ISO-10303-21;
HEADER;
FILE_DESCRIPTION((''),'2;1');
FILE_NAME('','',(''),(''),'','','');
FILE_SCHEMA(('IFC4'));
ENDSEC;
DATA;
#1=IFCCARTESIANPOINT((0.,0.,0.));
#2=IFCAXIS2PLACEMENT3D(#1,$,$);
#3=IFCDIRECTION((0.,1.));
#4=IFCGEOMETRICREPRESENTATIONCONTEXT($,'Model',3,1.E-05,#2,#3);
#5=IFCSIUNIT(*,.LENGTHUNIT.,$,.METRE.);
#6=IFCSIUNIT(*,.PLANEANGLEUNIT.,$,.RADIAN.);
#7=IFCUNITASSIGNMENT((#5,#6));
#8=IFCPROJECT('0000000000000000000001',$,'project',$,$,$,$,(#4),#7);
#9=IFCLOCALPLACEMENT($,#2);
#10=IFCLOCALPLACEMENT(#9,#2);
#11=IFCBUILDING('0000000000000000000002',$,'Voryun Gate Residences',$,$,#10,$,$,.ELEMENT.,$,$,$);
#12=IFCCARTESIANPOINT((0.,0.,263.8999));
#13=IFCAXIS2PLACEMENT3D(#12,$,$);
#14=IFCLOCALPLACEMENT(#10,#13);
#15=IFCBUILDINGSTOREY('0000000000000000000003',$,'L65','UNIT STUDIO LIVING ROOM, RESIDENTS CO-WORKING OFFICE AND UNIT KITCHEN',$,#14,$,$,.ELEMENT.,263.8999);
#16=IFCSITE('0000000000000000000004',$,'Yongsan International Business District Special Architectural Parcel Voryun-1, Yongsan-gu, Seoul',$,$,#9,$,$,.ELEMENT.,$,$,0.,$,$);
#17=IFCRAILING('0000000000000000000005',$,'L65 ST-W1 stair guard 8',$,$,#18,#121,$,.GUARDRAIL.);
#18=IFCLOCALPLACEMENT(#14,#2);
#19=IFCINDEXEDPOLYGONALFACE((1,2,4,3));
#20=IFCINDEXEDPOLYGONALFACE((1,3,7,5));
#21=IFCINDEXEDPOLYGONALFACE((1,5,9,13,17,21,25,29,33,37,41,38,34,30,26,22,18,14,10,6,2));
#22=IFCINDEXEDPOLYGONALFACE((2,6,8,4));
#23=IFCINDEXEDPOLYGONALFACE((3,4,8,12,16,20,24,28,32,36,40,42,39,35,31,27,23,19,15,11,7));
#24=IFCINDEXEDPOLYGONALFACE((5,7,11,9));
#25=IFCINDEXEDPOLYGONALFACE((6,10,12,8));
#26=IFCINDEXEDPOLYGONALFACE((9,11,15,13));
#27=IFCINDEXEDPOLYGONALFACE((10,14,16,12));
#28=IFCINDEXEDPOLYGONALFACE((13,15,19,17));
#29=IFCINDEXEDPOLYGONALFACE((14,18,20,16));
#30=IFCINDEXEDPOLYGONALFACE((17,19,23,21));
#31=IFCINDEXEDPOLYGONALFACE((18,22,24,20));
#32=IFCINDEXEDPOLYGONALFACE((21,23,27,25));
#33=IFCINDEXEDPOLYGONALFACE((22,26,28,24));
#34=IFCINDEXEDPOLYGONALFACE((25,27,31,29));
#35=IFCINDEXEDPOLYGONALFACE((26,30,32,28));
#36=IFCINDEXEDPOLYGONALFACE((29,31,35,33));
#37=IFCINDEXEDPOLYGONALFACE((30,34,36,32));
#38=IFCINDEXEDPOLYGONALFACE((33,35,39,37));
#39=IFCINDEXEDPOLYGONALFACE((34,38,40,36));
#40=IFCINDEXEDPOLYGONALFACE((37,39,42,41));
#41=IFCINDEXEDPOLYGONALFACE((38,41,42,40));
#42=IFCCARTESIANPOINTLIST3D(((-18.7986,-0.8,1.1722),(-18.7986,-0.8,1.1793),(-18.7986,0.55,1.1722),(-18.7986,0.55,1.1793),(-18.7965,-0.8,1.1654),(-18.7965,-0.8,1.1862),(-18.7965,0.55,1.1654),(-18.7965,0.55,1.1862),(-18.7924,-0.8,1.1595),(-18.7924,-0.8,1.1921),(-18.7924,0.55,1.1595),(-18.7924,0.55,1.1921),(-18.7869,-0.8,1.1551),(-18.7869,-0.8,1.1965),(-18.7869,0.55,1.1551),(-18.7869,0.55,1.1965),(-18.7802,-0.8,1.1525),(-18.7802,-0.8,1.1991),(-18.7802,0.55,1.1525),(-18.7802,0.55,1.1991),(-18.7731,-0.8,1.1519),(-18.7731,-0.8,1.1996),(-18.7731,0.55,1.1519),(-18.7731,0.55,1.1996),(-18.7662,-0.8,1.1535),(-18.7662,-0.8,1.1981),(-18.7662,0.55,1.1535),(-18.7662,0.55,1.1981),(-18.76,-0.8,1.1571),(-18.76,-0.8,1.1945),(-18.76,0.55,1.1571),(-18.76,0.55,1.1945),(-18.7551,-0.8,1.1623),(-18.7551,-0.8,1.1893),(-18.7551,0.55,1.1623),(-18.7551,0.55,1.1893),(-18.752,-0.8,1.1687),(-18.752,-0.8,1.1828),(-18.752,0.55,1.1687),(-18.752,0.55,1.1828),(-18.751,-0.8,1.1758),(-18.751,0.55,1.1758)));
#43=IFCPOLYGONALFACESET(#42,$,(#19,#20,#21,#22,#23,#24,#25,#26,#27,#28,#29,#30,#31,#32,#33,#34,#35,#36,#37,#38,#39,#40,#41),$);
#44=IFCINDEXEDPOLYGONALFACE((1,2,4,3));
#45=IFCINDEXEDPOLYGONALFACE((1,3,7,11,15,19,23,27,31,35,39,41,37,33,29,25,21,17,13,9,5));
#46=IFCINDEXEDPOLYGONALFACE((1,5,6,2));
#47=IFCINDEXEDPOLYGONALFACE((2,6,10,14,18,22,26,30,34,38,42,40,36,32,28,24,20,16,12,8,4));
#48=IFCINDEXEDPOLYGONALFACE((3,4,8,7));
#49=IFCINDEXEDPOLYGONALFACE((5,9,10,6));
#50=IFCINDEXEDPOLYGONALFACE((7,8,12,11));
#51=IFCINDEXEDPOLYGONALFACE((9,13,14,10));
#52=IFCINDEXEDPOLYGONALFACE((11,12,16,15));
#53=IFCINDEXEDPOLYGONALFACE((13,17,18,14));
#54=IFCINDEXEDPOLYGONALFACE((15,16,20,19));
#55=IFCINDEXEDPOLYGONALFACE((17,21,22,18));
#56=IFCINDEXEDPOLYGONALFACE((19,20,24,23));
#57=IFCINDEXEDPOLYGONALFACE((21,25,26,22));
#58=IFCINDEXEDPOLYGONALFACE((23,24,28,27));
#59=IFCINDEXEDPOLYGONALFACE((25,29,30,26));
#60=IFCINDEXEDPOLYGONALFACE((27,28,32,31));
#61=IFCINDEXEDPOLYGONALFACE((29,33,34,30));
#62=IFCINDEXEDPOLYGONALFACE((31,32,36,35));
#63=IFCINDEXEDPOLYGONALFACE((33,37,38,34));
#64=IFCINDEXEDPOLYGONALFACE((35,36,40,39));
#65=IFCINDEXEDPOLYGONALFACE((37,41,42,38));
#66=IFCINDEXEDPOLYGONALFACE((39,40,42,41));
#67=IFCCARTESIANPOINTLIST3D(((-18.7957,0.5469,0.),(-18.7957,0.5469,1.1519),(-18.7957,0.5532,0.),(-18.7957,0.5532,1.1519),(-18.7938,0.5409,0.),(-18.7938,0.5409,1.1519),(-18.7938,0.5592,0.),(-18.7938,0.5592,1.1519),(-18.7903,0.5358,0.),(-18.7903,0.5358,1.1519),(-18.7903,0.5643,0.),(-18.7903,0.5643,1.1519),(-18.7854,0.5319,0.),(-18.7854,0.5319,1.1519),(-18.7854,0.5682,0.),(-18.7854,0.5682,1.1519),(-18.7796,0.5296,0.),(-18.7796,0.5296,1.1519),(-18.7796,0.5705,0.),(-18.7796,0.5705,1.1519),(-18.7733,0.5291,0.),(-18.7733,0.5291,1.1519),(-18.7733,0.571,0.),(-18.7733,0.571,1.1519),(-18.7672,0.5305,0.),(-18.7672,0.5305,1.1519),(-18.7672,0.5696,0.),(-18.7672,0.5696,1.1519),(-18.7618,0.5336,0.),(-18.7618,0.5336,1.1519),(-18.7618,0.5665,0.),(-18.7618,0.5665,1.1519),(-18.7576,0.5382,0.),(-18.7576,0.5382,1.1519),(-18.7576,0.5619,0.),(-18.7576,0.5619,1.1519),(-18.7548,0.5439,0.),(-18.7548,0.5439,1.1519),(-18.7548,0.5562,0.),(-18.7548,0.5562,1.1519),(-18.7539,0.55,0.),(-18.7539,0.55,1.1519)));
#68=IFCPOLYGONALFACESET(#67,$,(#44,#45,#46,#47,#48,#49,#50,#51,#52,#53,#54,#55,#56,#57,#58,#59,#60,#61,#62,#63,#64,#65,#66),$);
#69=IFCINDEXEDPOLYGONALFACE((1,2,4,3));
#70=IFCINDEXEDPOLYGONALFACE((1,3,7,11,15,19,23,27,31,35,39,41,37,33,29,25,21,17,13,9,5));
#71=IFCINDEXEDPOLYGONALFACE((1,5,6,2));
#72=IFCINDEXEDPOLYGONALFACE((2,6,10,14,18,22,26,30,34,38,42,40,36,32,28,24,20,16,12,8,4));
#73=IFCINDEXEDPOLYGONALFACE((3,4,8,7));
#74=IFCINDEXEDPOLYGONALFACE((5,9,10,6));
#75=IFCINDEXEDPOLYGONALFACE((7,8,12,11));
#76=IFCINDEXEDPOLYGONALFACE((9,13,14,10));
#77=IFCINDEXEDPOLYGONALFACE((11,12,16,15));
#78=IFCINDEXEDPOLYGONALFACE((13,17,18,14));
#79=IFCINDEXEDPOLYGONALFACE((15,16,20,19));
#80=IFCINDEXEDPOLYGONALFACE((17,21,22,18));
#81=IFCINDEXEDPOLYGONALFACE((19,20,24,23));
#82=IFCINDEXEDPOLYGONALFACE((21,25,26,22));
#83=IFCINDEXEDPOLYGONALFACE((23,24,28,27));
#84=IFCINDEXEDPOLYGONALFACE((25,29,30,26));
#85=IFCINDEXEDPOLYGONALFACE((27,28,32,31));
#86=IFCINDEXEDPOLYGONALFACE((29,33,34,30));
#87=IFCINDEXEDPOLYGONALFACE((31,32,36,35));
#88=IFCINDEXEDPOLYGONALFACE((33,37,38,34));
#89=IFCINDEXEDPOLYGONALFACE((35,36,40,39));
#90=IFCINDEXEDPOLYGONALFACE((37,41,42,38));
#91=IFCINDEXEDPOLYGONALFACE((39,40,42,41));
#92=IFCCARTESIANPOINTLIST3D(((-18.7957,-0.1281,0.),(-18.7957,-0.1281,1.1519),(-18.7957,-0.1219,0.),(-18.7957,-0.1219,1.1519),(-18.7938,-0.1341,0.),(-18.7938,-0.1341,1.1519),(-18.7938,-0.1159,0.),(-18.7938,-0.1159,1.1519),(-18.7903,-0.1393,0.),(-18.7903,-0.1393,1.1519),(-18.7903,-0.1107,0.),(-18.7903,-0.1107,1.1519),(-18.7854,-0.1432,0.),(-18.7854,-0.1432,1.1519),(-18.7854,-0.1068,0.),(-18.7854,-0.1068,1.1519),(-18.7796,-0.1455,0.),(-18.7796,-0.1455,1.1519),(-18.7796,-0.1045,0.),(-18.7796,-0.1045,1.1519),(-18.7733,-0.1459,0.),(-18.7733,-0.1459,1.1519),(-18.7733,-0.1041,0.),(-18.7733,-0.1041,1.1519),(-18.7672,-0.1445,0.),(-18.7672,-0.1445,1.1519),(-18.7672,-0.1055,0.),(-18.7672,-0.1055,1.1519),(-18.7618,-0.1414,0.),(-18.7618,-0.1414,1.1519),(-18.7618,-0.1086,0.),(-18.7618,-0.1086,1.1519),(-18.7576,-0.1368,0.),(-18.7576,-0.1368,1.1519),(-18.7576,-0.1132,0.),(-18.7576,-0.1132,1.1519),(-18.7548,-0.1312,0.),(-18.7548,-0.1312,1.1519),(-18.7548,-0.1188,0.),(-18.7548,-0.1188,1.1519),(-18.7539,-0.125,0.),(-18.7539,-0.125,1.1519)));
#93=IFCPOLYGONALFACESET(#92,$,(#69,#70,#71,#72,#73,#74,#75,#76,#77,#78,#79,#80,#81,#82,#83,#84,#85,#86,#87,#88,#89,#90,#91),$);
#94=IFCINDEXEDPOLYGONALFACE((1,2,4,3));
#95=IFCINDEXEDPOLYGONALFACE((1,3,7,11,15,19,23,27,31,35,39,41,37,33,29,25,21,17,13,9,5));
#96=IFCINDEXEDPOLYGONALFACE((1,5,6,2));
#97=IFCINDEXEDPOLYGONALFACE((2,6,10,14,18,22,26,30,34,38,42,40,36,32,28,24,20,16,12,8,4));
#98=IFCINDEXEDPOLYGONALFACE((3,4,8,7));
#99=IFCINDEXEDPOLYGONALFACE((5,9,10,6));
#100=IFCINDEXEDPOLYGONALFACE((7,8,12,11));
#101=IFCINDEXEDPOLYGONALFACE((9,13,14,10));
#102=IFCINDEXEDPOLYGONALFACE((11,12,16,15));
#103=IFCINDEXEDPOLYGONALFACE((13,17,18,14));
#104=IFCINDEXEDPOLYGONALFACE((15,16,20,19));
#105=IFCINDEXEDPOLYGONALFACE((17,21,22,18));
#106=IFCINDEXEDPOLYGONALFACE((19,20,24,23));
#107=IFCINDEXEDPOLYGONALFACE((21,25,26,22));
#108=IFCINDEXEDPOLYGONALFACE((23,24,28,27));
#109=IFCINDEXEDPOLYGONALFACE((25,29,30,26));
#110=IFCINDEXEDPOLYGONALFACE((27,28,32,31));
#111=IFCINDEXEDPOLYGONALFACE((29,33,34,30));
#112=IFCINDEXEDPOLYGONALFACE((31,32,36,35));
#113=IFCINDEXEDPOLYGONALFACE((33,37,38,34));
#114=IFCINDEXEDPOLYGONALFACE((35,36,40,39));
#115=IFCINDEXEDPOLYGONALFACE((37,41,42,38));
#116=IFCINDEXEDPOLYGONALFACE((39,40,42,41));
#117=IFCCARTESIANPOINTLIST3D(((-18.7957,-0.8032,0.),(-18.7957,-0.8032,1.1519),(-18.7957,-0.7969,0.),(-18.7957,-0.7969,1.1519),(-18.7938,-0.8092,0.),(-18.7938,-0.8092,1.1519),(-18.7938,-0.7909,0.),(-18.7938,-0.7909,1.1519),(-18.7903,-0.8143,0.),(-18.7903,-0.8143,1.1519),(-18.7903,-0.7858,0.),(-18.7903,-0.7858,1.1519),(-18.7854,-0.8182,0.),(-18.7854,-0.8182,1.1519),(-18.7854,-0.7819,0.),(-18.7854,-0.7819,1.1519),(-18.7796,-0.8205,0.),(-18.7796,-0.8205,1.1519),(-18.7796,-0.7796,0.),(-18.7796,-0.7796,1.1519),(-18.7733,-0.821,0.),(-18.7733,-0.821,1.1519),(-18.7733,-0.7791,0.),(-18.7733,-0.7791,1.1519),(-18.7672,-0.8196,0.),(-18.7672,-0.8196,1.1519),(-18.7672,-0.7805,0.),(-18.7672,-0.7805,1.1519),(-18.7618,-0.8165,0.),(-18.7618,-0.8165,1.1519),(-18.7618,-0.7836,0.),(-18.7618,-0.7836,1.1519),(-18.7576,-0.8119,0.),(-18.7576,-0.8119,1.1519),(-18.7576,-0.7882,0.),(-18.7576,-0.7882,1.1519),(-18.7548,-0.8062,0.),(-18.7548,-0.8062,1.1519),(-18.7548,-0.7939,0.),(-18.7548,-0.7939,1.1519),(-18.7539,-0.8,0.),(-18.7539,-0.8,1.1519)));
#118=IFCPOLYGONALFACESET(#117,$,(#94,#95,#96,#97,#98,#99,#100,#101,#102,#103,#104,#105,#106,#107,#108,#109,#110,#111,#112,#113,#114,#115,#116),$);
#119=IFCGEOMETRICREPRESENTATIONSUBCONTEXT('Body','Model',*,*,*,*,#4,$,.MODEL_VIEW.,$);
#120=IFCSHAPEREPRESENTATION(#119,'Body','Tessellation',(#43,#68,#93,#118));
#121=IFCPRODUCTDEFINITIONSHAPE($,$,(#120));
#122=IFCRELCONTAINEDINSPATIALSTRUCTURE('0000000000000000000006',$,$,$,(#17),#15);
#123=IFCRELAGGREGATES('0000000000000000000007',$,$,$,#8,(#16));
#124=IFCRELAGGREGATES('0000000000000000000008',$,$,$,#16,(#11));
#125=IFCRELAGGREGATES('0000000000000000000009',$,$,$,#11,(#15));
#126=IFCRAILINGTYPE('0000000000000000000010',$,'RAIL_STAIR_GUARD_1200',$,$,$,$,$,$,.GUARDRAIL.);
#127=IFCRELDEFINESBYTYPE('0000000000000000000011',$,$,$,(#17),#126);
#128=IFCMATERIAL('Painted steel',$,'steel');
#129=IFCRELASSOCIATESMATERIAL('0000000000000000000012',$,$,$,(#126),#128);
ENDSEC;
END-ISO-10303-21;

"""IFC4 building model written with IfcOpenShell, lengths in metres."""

from ifc_helpers import new_model, si_unit, direction, frame, origin, origin_2d, place, context, subcontext, project, spatial, circle, extrude, material, type_object, element, save


model = new_model("IFC4")

# Units and contexts
model_context = context("Model", 3, precision=1e-05, world=origin(), true_north=direction((0.0, 1.0)))
body_context = subcontext(model_context, "Body", "Model", "MODEL_VIEW")
ifc_project = project(units=[si_unit("LENGTHUNIT", "METRE"), si_unit("PLANEANGLEUNIT", "RADIAN")], contexts=[model_context])

# Site, building, storey
site_placement = place(None, origin())
site = spatial("IfcSite", under=ifc_project, at=site_placement, Name="Yongsan International Business District Special Architectural Parcel Voryun-1, Yongsan-gu, Seoul", CompositionType="ELEMENT", RefElevation=0.0)
building_placement = place(site_placement, origin())
building = spatial("IfcBuilding", under=site, at=building_placement, Name="Voryun Gate Residences", CompositionType="ELEMENT")
storey_placement = place(building_placement, frame((0.0, 0.0, 263.8999)))
storey = spatial("IfcBuildingStorey", under=building, at=storey_placement, Name="L65", Description="UNIT STUDIO LIVING ROOM, RESIDENTS CO-WORKING OFFICE AND UNIT KITCHEN", CompositionType="ELEMENT", Elevation=263.8999)

# Railing
ifc_material_1 = material(Name="Painted steel", Category="steel")
railing_type_1 = type_object("IfcRailingType", Name="RAIL_STAIR_GUARD_1200", PredefinedType="GUARDRAIL", material=ifc_material_1)
railing_1_placement = place(storey_placement, frame((-18.7749, 0.55, 0.0)))
element("IfcRailing", 1, at=railing_1_placement, inside=storey, type_object=railing_type_1, Name="L65 ST-W1 stair guard 8", PredefinedType="GUARDRAIL", context=body_context, shape_type="SweptSolid", body=[
    extrude(circle(Radius=0.0239, at=origin_2d()), frame((0.0, 0.0, 1.1758), z_axis=(0.0, -1.0, 0.0), x_axis=(1.0, 0.0, 0.0)), (0.0, 0.0, 1.0), 1.3501),
    extrude(circle(Radius=0.021, at=origin_2d()), origin(), (0.0, 0.0, 1.0), 1.1519),
    extrude(circle(Radius=0.021, at=origin_2d()), frame((0.0, -0.675, 0.0)), (0.0, 0.0, 1.0), 1.1519),
    extrude(circle(Radius=0.021, at=origin_2d()), frame((0.0, -1.3501, 0.0)), (0.0, 0.0, 1.0), 1.1519),
])

save(model, "model.ifc")
